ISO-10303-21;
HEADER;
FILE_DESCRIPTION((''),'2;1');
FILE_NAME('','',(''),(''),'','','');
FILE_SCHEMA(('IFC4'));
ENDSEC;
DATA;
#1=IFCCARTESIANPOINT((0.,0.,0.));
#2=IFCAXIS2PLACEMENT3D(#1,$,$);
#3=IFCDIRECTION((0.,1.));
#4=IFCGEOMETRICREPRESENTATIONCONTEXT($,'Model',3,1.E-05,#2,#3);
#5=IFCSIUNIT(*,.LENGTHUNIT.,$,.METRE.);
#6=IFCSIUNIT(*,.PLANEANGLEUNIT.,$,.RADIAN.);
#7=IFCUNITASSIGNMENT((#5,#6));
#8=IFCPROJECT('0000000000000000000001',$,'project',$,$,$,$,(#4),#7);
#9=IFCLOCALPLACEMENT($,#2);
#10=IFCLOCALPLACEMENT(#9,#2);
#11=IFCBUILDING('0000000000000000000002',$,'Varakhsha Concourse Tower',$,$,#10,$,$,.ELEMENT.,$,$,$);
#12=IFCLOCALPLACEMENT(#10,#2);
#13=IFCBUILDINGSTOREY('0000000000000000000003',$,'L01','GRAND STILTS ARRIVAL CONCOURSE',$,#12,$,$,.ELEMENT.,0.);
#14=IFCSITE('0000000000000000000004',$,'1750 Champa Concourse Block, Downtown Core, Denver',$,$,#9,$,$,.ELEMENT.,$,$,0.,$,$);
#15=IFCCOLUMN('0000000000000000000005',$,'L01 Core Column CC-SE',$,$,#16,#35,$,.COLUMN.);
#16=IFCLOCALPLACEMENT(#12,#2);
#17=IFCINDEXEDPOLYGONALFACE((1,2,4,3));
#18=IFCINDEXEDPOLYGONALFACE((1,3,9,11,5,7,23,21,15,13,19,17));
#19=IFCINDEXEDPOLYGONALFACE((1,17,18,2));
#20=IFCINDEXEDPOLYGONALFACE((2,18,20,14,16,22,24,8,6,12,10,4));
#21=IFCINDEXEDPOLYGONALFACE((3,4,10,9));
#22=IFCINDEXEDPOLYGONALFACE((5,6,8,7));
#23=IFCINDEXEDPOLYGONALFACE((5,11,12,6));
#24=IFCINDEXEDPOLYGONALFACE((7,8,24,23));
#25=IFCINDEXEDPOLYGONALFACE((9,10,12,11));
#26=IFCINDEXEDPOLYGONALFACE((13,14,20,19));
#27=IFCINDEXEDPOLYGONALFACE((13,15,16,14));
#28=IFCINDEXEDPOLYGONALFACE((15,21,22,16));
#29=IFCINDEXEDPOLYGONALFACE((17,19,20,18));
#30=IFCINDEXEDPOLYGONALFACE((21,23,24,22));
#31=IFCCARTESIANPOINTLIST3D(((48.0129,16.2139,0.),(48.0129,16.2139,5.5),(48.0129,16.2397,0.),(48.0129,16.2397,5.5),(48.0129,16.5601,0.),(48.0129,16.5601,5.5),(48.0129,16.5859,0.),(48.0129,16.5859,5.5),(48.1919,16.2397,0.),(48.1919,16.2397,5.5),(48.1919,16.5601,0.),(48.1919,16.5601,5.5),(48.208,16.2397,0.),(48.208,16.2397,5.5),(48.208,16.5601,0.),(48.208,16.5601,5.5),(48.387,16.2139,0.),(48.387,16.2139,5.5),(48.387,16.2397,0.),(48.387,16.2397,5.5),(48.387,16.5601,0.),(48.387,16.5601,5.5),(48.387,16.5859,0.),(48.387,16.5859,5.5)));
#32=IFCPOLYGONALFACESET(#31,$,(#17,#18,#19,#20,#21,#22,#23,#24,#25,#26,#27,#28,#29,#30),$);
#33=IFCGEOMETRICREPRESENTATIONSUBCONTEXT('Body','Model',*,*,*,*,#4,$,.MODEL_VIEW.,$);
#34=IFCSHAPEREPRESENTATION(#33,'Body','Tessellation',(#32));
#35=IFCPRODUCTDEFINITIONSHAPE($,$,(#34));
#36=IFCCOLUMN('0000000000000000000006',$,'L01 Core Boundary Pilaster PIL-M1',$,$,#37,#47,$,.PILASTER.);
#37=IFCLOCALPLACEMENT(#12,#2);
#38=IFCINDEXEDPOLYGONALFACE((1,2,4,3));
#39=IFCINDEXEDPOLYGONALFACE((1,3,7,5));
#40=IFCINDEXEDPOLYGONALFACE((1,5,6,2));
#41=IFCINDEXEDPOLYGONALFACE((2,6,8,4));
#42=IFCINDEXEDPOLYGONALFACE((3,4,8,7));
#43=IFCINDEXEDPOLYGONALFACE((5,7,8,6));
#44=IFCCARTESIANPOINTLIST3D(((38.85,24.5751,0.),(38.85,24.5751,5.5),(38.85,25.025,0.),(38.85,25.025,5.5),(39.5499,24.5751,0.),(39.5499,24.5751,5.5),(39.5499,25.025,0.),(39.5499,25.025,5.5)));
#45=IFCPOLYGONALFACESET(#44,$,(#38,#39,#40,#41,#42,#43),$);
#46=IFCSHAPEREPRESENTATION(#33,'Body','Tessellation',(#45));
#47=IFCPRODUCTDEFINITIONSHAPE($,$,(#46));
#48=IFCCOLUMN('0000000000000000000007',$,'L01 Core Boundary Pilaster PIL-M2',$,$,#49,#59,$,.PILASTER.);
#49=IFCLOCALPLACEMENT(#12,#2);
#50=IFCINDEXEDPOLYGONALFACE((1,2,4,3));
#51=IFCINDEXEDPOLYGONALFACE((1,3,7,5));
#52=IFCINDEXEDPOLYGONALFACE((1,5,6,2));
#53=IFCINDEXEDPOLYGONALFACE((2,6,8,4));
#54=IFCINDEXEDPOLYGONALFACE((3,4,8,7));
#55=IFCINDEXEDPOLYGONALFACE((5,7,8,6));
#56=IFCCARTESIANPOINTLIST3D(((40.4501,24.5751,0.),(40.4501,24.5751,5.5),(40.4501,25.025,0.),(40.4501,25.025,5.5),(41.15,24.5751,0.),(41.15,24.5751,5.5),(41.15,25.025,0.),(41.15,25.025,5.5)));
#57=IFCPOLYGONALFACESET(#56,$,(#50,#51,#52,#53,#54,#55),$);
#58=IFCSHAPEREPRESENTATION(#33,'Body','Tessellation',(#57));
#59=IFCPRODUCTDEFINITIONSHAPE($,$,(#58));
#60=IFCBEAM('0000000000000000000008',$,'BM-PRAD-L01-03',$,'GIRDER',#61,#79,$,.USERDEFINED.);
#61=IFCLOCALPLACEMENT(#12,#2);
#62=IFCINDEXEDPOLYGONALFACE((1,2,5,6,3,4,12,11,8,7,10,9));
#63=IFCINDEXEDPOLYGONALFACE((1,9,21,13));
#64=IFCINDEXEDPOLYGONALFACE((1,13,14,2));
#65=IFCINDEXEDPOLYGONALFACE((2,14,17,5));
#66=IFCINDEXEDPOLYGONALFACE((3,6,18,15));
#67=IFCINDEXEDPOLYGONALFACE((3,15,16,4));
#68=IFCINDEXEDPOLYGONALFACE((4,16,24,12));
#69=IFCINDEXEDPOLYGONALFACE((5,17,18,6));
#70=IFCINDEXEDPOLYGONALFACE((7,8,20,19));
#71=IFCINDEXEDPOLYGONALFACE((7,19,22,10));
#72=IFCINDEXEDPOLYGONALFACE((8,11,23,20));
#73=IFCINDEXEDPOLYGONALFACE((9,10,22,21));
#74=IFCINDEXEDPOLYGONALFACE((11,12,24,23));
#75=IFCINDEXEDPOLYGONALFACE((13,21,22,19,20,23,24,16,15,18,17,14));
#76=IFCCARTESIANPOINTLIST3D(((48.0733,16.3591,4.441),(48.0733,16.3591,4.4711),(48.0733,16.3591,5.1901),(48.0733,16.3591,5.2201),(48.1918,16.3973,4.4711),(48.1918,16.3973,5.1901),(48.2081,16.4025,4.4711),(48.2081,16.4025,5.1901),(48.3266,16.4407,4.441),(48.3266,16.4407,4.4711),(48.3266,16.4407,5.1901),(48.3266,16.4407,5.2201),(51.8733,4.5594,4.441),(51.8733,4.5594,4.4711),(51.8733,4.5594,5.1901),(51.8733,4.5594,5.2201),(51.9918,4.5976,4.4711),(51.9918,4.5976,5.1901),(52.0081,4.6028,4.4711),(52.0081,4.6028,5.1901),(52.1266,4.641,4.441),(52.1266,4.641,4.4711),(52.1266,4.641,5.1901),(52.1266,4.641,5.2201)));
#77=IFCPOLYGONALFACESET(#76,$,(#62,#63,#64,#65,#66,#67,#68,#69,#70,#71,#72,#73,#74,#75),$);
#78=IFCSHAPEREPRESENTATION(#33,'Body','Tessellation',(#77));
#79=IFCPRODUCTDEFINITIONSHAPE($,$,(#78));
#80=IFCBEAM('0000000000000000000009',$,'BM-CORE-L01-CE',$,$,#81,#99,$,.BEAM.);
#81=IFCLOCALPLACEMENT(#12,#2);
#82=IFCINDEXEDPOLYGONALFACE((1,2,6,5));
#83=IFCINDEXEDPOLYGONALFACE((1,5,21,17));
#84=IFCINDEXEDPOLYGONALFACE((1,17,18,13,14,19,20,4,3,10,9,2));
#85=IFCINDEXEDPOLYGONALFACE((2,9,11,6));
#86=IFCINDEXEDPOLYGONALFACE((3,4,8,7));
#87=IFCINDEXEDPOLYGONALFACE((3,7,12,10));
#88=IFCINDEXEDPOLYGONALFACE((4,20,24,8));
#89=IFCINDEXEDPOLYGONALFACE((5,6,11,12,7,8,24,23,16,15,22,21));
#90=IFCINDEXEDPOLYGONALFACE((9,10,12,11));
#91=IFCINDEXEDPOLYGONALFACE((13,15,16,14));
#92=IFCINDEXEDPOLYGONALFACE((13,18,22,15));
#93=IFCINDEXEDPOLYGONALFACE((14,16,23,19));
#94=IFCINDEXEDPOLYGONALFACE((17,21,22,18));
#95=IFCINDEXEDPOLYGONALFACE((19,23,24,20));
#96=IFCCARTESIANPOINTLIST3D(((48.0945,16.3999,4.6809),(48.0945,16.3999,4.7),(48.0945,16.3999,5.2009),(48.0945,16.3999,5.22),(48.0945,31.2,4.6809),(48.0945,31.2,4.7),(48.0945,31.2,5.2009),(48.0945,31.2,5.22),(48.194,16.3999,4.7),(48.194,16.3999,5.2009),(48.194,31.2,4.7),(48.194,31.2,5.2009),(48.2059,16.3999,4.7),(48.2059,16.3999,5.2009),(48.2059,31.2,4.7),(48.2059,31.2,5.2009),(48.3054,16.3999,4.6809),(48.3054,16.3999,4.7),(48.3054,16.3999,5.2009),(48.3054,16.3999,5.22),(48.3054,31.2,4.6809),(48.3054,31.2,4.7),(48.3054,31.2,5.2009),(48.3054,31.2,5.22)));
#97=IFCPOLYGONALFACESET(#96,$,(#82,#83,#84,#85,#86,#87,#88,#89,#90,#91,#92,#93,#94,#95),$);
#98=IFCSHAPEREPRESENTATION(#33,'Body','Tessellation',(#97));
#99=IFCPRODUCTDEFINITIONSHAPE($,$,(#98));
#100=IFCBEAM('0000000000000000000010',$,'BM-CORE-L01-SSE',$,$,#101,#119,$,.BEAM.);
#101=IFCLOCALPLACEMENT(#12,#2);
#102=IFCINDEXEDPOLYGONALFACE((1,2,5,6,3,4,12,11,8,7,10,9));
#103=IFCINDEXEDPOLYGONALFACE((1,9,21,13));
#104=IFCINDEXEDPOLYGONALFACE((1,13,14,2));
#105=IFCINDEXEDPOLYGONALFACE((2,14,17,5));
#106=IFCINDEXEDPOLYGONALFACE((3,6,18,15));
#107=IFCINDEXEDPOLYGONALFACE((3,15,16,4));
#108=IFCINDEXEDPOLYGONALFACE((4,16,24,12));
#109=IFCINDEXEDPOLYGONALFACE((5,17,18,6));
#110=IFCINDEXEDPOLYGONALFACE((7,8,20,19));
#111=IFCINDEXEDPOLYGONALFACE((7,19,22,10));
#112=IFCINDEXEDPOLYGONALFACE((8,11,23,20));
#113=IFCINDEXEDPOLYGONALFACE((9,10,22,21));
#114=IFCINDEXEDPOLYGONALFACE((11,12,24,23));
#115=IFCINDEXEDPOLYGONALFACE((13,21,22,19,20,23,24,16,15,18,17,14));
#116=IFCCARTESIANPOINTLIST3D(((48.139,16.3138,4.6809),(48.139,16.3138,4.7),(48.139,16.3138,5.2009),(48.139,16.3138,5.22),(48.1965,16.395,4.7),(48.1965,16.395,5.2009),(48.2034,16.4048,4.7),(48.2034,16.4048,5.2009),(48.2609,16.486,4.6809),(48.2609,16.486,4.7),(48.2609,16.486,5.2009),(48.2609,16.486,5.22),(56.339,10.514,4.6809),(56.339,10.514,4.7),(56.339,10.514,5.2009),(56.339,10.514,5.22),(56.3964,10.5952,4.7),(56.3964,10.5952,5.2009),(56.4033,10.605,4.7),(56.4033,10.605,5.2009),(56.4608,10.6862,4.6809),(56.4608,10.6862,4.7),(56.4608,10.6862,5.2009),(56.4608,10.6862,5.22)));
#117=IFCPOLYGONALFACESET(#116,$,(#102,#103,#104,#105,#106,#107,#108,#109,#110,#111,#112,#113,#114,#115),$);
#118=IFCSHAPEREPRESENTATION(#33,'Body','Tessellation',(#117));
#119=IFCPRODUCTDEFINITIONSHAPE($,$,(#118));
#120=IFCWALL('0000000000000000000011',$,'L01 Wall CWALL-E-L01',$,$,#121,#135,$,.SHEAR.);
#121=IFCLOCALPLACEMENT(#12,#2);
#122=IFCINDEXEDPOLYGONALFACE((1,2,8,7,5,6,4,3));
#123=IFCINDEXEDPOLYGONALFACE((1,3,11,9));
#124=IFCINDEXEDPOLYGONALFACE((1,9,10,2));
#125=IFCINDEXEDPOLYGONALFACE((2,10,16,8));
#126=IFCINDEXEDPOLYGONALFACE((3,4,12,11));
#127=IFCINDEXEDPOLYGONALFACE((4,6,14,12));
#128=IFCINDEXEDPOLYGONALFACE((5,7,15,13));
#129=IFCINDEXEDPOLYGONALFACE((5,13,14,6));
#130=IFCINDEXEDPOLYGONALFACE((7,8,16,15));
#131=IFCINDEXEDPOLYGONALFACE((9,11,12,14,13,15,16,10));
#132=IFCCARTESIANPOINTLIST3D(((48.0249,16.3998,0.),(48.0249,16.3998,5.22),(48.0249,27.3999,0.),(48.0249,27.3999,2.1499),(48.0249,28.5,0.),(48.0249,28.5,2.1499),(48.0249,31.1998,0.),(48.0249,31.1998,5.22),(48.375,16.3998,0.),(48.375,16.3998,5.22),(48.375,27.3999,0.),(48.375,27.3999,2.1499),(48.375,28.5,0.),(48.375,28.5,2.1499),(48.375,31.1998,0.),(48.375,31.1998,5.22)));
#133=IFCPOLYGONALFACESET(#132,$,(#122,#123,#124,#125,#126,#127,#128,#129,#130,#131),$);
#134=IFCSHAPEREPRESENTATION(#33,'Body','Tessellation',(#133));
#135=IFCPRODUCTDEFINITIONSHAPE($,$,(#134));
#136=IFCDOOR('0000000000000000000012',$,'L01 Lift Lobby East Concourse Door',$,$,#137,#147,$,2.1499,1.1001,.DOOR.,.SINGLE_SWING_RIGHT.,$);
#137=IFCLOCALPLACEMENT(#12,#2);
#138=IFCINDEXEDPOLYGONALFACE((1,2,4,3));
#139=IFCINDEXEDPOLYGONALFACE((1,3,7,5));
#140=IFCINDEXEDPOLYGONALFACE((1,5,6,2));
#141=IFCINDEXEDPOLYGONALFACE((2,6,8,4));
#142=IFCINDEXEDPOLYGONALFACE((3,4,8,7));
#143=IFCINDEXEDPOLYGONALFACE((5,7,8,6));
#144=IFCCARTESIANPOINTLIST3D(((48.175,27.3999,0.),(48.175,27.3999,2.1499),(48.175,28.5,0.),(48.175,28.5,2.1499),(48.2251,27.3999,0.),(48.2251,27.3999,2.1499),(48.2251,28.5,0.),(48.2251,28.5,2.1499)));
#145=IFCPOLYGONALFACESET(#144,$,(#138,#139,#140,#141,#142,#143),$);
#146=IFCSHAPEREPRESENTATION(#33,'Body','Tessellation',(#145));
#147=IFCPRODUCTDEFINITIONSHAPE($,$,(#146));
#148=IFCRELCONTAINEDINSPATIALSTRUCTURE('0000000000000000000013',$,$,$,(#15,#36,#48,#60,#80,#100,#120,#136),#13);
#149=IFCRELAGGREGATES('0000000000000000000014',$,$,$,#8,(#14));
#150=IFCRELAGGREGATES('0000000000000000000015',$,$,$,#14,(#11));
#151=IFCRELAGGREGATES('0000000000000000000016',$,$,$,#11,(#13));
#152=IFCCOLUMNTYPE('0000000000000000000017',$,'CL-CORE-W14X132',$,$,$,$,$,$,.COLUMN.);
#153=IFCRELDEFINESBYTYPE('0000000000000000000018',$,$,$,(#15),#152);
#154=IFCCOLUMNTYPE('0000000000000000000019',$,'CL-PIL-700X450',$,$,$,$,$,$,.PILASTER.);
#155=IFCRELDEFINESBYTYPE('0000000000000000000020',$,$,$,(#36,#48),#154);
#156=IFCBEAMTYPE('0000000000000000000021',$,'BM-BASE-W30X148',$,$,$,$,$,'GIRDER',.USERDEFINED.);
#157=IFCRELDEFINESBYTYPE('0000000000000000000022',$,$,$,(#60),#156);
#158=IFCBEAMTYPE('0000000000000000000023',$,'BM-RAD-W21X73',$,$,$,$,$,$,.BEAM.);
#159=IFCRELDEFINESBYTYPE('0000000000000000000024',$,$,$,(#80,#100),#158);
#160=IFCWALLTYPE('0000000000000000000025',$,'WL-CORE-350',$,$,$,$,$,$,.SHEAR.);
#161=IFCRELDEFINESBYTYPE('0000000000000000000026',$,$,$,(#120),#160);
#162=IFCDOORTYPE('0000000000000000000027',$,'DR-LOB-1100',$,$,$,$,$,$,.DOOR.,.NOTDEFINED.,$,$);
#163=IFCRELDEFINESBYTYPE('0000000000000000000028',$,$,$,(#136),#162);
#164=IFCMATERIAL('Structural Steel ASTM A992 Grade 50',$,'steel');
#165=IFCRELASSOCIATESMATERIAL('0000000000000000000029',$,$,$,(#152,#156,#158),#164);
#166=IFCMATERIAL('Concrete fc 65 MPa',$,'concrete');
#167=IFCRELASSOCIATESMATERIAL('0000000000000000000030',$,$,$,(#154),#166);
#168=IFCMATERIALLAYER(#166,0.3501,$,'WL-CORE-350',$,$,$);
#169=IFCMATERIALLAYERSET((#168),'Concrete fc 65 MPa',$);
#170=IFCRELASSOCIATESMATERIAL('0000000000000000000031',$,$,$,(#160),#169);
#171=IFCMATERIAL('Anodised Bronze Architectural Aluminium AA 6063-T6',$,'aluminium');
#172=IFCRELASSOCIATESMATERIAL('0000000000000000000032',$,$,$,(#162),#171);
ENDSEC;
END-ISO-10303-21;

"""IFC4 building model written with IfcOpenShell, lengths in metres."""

from ifc_helpers import new_model, si_unit, direction, frame, frame_2d, origin, origin_2d, place, context, subcontext, project, spatial, rectangle, i_section, extrude, material, layer, layer_set, material_profile, profile_set, type_object, element, fill, save


model = new_model("IFC4")

# Units and contexts
model_context = context("Model", 3, precision=1e-05, world=origin(), true_north=direction((0.0, 1.0)))
body_context = subcontext(model_context, "Body", "Model", "MODEL_VIEW")
ifc_project = project(units=[si_unit("LENGTHUNIT", "METRE"), si_unit("PLANEANGLEUNIT", "RADIAN")], contexts=[model_context])

# Site, building, storey
site_placement = place(None, origin())
site = spatial("IfcSite", under=ifc_project, at=site_placement, Name="1750 Champa Concourse Block, Downtown Core, Denver", CompositionType="ELEMENT", RefElevation=0.0)
building_placement = place(site_placement, origin())
building = spatial("IfcBuilding", under=site, at=building_placement, Name="Varakhsha Concourse Tower", CompositionType="ELEMENT")
storey_placement = place(building_placement, origin())
storey = spatial("IfcBuildingStorey", under=building, at=storey_placement, Name="L01", Description="GRAND STILTS ARRIVAL CONCOURSE", CompositionType="ELEMENT", Elevation=0.0)

# Columns
ifc_material_1 = material(Name="Structural Steel ASTM A992 Grade 50", Category="steel")
ifc_material_profile_1 = material_profile(ifc_material_1, i_section(OverallWidth=0.374, OverallDepth=0.3721, WebThickness=0.0161, FlangeThickness=0.0259, at=origin_2d()), Name="W14X132")
ifc_profile_set_1 = profile_set([ifc_material_profile_1], Name="Structural Steel ASTM A992 Grade 50")
column_type_1 = type_object("IfcColumnType", Name="CL-CORE-W14X132", PredefinedType="COLUMN", material=ifc_profile_set_1)
column_placement = place(storey_placement, frame((48.2, 16.3999, 0.0), z_axis=(0.0, 0.0, 1.0), x_axis=(1.0, 0.0, 0.0)))
element("IfcColumn", 1, at=column_placement, inside=storey, type_object=column_type_1, Name="L01 Core Column CC-SE", PredefinedType="COLUMN", context=body_context, shape_type="SweptSolid", body=[
    extrude(i_section(OverallWidth=0.374, OverallDepth=0.3721, WebThickness=0.0161, FlangeThickness=0.0259, at=origin_2d()), origin(), (0.0, 0.0, 1.0), 5.5),
])
ifc_material_2 = material(Name="Concrete fc 65 MPa", Category="concrete")
ifc_material_profile_2 = material_profile(ifc_material_2, rectangle(XDim=0.7, YDim=0.45, at=origin_2d()), Name="RC 700x450")
ifc_profile_set_2 = profile_set([ifc_material_profile_2], Name="Concrete fc 65 MPa")
column_type_2 = type_object("IfcColumnType", Name="CL-PIL-700X450", PredefinedType="PILASTER", material=ifc_profile_set_2)
for number, where, z_axis, x_axis, name in (
    (2, (39.2, 24.8, 0.0), (0.0, 0.0, 1.0), (1.0, 0.0, 0.0), "L01 Core Boundary Pilaster PIL-M1"),
    (3, (40.8, 24.8, 0.0), (0.0, 0.0, 1.0), (1.0, 0.0, 0.0), "L01 Core Boundary Pilaster PIL-M2"),
):
    element("IfcColumn", number, at=place(storey_placement, frame(where, z_axis=z_axis, x_axis=x_axis)), inside=storey, type_object=column_type_2, Name=name, PredefinedType="PILASTER", context=body_context, shape_type="SweptSolid", body=[
        extrude(rectangle(XDim=0.7, YDim=0.45, at=origin_2d()), origin(), (0.0, 0.0, 1.0), 5.5),
    ])

# Beams
ifc_material_profile_3 = material_profile(ifc_material_1, i_section(OverallWidth=0.2661, OverallDepth=0.7791, WebThickness=0.0171, FlangeThickness=0.03, at=origin_2d()), Name="W30X148")
ifc_profile_set_3 = profile_set([ifc_material_profile_3], Name="Structural Steel ASTM A992 Grade 50")
beam_type_1 = type_object("IfcBeamType", Name="BM-BASE-W30X148", ElementType="GIRDER", PredefinedType="USERDEFINED", material=ifc_profile_set_3)
beam_1_placement = place(storey_placement, frame((48.2, 16.3999, 4.8306), z_axis=(0.30654, -0.951858, 0.0), x_axis=(0.951858, 0.30654, 0.0)))
element("IfcBeam", 4, at=beam_1_placement, inside=storey, type_object=beam_type_1, Name="BM-PRAD-L01-03", ObjectType="GIRDER", PredefinedType="USERDEFINED", context=body_context, shape_type="SweptSolid", body=[
    extrude(i_section(OverallWidth=0.2661, OverallDepth=0.7791, WebThickness=0.0171, FlangeThickness=0.03, at=origin_2d()), origin(), (0.0, 0.0, 1.0), 12.3965),
])
ifc_material_profile_4 = material_profile(ifc_material_1, i_section(OverallWidth=0.2109, OverallDepth=0.5391, WebThickness=0.012, FlangeThickness=0.019, at=origin_2d()), Name="W21X73")
ifc_profile_set_4 = profile_set([ifc_material_profile_4], Name="Structural Steel ASTM A992 Grade 50")
beam_type_2 = type_object("IfcBeamType", Name="BM-RAD-W21X73", PredefinedType="BEAM", material=ifc_profile_set_4)
beam_2_placement = place(storey_placement, frame((48.2, 16.3999, 4.9504), z_axis=(0.0, 1.0, 0.0), x_axis=(-1.0, 0.0, 0.0)))
element("IfcBeam", 5, at=beam_2_placement, inside=storey, type_object=beam_type_2, Name="BM-CORE-L01-CE", PredefinedType="BEAM", context=body_context, shape_type="SweptSolid", body=[
    extrude(i_section(OverallWidth=0.2109, OverallDepth=0.5391, WebThickness=0.012, FlangeThickness=0.019, at=origin_2d()), origin(), (0.0, 0.0, 1.0), 14.8),
])
beam_3_placement = place(storey_placement, frame((48.2, 16.3999, 4.9504), z_axis=(0.816423, -0.577454, 0.0), x_axis=(0.577454, 0.816423, 0.0)))
element("IfcBeam", 6, at=beam_3_placement, inside=storey, type_object=beam_type_2, Name="BM-CORE-L01-SSE", PredefinedType="BEAM", context=body_context, shape_type="SweptSolid", body=[
    extrude(i_section(OverallWidth=0.2109, OverallDepth=0.5391, WebThickness=0.012, FlangeThickness=0.019, at=origin_2d()), origin(), (0.0, 0.0, 1.0), 10.0437),
])

# Wall, opening, door
ifc_layer_1 = layer(ifc_material_2, 0.3501, Name="WL-CORE-350")
ifc_layer_set_1 = layer_set([ifc_layer_1], Name="Concrete fc 65 MPa")
wall_type_1 = type_object("IfcWallType", Name="WL-CORE-350", PredefinedType="SHEAR", material=ifc_layer_set_1)
wall_1_placement = place(storey_placement, frame((48.2, 16.3999, 0.0), z_axis=(0.0, 0.0, 1.0), x_axis=(0.0, 1.0, 0.0)))
wall_1 = element("IfcWall", 7, at=wall_1_placement, inside=storey, type_object=wall_type_1, Name="L01 Wall CWALL-E-L01", PredefinedType="SHEAR", context=body_context, shape_type="SweptSolid", body=[
    extrude(rectangle(XDim=14.8, YDim=0.3501, at=frame_2d((7.3999, 0.0))), origin(), (0.0, 0.0, 1.0), 5.22),
])
opening_1_placement = place(wall_1_placement, frame((11.0, 0.0, 0.0)))
opening_1 = element("IfcOpeningElement", 8, at=opening_1_placement, cuts=wall_1, PredefinedType="OPENING", context=body_context, shape_type="SweptSolid", body=[
    extrude(rectangle(XDim=1.1001, YDim=2.1499, at=frame_2d((0.55, 1.075))), frame((0.0, 0.1851, 0.0), z_axis=(0.0, -1.0, 0.0), x_axis=(1.0, 0.0, 0.0)), (0.0, 0.0, 1.0), 0.3701),
])
ifc_material_3 = material(Name="Anodised Bronze Architectural Aluminium AA 6063-T6", Category="aluminium")
door_type_1 = type_object("IfcDoorType", Name="DR-LOB-1100", OperationType="NOTDEFINED", PredefinedType="DOOR", material=ifc_material_3)
door_1_placement = place(opening_1_placement, origin())
door_1 = element("IfcDoor", 9, at=door_1_placement, inside=storey, type_object=door_type_1, Name="L01 Lift Lobby East Concourse Door", OperationType="SINGLE_SWING_RIGHT", OverallHeight=2.1499, OverallWidth=1.1001, PredefinedType="DOOR", context=body_context, shape_type="SweptSolid", body=[
    extrude(rectangle(XDim=1.1001, YDim=2.1499, at=frame_2d((0.55, 1.075))), frame((0.0, 0.0249, 0.0), z_axis=(0.0, -1.0, 0.0), x_axis=(1.0, 0.0, 0.0)), (0.0, 0.0, 1.0), 0.05),
])
fill(opening_1, door_1)

save(model, "model.ifc")
